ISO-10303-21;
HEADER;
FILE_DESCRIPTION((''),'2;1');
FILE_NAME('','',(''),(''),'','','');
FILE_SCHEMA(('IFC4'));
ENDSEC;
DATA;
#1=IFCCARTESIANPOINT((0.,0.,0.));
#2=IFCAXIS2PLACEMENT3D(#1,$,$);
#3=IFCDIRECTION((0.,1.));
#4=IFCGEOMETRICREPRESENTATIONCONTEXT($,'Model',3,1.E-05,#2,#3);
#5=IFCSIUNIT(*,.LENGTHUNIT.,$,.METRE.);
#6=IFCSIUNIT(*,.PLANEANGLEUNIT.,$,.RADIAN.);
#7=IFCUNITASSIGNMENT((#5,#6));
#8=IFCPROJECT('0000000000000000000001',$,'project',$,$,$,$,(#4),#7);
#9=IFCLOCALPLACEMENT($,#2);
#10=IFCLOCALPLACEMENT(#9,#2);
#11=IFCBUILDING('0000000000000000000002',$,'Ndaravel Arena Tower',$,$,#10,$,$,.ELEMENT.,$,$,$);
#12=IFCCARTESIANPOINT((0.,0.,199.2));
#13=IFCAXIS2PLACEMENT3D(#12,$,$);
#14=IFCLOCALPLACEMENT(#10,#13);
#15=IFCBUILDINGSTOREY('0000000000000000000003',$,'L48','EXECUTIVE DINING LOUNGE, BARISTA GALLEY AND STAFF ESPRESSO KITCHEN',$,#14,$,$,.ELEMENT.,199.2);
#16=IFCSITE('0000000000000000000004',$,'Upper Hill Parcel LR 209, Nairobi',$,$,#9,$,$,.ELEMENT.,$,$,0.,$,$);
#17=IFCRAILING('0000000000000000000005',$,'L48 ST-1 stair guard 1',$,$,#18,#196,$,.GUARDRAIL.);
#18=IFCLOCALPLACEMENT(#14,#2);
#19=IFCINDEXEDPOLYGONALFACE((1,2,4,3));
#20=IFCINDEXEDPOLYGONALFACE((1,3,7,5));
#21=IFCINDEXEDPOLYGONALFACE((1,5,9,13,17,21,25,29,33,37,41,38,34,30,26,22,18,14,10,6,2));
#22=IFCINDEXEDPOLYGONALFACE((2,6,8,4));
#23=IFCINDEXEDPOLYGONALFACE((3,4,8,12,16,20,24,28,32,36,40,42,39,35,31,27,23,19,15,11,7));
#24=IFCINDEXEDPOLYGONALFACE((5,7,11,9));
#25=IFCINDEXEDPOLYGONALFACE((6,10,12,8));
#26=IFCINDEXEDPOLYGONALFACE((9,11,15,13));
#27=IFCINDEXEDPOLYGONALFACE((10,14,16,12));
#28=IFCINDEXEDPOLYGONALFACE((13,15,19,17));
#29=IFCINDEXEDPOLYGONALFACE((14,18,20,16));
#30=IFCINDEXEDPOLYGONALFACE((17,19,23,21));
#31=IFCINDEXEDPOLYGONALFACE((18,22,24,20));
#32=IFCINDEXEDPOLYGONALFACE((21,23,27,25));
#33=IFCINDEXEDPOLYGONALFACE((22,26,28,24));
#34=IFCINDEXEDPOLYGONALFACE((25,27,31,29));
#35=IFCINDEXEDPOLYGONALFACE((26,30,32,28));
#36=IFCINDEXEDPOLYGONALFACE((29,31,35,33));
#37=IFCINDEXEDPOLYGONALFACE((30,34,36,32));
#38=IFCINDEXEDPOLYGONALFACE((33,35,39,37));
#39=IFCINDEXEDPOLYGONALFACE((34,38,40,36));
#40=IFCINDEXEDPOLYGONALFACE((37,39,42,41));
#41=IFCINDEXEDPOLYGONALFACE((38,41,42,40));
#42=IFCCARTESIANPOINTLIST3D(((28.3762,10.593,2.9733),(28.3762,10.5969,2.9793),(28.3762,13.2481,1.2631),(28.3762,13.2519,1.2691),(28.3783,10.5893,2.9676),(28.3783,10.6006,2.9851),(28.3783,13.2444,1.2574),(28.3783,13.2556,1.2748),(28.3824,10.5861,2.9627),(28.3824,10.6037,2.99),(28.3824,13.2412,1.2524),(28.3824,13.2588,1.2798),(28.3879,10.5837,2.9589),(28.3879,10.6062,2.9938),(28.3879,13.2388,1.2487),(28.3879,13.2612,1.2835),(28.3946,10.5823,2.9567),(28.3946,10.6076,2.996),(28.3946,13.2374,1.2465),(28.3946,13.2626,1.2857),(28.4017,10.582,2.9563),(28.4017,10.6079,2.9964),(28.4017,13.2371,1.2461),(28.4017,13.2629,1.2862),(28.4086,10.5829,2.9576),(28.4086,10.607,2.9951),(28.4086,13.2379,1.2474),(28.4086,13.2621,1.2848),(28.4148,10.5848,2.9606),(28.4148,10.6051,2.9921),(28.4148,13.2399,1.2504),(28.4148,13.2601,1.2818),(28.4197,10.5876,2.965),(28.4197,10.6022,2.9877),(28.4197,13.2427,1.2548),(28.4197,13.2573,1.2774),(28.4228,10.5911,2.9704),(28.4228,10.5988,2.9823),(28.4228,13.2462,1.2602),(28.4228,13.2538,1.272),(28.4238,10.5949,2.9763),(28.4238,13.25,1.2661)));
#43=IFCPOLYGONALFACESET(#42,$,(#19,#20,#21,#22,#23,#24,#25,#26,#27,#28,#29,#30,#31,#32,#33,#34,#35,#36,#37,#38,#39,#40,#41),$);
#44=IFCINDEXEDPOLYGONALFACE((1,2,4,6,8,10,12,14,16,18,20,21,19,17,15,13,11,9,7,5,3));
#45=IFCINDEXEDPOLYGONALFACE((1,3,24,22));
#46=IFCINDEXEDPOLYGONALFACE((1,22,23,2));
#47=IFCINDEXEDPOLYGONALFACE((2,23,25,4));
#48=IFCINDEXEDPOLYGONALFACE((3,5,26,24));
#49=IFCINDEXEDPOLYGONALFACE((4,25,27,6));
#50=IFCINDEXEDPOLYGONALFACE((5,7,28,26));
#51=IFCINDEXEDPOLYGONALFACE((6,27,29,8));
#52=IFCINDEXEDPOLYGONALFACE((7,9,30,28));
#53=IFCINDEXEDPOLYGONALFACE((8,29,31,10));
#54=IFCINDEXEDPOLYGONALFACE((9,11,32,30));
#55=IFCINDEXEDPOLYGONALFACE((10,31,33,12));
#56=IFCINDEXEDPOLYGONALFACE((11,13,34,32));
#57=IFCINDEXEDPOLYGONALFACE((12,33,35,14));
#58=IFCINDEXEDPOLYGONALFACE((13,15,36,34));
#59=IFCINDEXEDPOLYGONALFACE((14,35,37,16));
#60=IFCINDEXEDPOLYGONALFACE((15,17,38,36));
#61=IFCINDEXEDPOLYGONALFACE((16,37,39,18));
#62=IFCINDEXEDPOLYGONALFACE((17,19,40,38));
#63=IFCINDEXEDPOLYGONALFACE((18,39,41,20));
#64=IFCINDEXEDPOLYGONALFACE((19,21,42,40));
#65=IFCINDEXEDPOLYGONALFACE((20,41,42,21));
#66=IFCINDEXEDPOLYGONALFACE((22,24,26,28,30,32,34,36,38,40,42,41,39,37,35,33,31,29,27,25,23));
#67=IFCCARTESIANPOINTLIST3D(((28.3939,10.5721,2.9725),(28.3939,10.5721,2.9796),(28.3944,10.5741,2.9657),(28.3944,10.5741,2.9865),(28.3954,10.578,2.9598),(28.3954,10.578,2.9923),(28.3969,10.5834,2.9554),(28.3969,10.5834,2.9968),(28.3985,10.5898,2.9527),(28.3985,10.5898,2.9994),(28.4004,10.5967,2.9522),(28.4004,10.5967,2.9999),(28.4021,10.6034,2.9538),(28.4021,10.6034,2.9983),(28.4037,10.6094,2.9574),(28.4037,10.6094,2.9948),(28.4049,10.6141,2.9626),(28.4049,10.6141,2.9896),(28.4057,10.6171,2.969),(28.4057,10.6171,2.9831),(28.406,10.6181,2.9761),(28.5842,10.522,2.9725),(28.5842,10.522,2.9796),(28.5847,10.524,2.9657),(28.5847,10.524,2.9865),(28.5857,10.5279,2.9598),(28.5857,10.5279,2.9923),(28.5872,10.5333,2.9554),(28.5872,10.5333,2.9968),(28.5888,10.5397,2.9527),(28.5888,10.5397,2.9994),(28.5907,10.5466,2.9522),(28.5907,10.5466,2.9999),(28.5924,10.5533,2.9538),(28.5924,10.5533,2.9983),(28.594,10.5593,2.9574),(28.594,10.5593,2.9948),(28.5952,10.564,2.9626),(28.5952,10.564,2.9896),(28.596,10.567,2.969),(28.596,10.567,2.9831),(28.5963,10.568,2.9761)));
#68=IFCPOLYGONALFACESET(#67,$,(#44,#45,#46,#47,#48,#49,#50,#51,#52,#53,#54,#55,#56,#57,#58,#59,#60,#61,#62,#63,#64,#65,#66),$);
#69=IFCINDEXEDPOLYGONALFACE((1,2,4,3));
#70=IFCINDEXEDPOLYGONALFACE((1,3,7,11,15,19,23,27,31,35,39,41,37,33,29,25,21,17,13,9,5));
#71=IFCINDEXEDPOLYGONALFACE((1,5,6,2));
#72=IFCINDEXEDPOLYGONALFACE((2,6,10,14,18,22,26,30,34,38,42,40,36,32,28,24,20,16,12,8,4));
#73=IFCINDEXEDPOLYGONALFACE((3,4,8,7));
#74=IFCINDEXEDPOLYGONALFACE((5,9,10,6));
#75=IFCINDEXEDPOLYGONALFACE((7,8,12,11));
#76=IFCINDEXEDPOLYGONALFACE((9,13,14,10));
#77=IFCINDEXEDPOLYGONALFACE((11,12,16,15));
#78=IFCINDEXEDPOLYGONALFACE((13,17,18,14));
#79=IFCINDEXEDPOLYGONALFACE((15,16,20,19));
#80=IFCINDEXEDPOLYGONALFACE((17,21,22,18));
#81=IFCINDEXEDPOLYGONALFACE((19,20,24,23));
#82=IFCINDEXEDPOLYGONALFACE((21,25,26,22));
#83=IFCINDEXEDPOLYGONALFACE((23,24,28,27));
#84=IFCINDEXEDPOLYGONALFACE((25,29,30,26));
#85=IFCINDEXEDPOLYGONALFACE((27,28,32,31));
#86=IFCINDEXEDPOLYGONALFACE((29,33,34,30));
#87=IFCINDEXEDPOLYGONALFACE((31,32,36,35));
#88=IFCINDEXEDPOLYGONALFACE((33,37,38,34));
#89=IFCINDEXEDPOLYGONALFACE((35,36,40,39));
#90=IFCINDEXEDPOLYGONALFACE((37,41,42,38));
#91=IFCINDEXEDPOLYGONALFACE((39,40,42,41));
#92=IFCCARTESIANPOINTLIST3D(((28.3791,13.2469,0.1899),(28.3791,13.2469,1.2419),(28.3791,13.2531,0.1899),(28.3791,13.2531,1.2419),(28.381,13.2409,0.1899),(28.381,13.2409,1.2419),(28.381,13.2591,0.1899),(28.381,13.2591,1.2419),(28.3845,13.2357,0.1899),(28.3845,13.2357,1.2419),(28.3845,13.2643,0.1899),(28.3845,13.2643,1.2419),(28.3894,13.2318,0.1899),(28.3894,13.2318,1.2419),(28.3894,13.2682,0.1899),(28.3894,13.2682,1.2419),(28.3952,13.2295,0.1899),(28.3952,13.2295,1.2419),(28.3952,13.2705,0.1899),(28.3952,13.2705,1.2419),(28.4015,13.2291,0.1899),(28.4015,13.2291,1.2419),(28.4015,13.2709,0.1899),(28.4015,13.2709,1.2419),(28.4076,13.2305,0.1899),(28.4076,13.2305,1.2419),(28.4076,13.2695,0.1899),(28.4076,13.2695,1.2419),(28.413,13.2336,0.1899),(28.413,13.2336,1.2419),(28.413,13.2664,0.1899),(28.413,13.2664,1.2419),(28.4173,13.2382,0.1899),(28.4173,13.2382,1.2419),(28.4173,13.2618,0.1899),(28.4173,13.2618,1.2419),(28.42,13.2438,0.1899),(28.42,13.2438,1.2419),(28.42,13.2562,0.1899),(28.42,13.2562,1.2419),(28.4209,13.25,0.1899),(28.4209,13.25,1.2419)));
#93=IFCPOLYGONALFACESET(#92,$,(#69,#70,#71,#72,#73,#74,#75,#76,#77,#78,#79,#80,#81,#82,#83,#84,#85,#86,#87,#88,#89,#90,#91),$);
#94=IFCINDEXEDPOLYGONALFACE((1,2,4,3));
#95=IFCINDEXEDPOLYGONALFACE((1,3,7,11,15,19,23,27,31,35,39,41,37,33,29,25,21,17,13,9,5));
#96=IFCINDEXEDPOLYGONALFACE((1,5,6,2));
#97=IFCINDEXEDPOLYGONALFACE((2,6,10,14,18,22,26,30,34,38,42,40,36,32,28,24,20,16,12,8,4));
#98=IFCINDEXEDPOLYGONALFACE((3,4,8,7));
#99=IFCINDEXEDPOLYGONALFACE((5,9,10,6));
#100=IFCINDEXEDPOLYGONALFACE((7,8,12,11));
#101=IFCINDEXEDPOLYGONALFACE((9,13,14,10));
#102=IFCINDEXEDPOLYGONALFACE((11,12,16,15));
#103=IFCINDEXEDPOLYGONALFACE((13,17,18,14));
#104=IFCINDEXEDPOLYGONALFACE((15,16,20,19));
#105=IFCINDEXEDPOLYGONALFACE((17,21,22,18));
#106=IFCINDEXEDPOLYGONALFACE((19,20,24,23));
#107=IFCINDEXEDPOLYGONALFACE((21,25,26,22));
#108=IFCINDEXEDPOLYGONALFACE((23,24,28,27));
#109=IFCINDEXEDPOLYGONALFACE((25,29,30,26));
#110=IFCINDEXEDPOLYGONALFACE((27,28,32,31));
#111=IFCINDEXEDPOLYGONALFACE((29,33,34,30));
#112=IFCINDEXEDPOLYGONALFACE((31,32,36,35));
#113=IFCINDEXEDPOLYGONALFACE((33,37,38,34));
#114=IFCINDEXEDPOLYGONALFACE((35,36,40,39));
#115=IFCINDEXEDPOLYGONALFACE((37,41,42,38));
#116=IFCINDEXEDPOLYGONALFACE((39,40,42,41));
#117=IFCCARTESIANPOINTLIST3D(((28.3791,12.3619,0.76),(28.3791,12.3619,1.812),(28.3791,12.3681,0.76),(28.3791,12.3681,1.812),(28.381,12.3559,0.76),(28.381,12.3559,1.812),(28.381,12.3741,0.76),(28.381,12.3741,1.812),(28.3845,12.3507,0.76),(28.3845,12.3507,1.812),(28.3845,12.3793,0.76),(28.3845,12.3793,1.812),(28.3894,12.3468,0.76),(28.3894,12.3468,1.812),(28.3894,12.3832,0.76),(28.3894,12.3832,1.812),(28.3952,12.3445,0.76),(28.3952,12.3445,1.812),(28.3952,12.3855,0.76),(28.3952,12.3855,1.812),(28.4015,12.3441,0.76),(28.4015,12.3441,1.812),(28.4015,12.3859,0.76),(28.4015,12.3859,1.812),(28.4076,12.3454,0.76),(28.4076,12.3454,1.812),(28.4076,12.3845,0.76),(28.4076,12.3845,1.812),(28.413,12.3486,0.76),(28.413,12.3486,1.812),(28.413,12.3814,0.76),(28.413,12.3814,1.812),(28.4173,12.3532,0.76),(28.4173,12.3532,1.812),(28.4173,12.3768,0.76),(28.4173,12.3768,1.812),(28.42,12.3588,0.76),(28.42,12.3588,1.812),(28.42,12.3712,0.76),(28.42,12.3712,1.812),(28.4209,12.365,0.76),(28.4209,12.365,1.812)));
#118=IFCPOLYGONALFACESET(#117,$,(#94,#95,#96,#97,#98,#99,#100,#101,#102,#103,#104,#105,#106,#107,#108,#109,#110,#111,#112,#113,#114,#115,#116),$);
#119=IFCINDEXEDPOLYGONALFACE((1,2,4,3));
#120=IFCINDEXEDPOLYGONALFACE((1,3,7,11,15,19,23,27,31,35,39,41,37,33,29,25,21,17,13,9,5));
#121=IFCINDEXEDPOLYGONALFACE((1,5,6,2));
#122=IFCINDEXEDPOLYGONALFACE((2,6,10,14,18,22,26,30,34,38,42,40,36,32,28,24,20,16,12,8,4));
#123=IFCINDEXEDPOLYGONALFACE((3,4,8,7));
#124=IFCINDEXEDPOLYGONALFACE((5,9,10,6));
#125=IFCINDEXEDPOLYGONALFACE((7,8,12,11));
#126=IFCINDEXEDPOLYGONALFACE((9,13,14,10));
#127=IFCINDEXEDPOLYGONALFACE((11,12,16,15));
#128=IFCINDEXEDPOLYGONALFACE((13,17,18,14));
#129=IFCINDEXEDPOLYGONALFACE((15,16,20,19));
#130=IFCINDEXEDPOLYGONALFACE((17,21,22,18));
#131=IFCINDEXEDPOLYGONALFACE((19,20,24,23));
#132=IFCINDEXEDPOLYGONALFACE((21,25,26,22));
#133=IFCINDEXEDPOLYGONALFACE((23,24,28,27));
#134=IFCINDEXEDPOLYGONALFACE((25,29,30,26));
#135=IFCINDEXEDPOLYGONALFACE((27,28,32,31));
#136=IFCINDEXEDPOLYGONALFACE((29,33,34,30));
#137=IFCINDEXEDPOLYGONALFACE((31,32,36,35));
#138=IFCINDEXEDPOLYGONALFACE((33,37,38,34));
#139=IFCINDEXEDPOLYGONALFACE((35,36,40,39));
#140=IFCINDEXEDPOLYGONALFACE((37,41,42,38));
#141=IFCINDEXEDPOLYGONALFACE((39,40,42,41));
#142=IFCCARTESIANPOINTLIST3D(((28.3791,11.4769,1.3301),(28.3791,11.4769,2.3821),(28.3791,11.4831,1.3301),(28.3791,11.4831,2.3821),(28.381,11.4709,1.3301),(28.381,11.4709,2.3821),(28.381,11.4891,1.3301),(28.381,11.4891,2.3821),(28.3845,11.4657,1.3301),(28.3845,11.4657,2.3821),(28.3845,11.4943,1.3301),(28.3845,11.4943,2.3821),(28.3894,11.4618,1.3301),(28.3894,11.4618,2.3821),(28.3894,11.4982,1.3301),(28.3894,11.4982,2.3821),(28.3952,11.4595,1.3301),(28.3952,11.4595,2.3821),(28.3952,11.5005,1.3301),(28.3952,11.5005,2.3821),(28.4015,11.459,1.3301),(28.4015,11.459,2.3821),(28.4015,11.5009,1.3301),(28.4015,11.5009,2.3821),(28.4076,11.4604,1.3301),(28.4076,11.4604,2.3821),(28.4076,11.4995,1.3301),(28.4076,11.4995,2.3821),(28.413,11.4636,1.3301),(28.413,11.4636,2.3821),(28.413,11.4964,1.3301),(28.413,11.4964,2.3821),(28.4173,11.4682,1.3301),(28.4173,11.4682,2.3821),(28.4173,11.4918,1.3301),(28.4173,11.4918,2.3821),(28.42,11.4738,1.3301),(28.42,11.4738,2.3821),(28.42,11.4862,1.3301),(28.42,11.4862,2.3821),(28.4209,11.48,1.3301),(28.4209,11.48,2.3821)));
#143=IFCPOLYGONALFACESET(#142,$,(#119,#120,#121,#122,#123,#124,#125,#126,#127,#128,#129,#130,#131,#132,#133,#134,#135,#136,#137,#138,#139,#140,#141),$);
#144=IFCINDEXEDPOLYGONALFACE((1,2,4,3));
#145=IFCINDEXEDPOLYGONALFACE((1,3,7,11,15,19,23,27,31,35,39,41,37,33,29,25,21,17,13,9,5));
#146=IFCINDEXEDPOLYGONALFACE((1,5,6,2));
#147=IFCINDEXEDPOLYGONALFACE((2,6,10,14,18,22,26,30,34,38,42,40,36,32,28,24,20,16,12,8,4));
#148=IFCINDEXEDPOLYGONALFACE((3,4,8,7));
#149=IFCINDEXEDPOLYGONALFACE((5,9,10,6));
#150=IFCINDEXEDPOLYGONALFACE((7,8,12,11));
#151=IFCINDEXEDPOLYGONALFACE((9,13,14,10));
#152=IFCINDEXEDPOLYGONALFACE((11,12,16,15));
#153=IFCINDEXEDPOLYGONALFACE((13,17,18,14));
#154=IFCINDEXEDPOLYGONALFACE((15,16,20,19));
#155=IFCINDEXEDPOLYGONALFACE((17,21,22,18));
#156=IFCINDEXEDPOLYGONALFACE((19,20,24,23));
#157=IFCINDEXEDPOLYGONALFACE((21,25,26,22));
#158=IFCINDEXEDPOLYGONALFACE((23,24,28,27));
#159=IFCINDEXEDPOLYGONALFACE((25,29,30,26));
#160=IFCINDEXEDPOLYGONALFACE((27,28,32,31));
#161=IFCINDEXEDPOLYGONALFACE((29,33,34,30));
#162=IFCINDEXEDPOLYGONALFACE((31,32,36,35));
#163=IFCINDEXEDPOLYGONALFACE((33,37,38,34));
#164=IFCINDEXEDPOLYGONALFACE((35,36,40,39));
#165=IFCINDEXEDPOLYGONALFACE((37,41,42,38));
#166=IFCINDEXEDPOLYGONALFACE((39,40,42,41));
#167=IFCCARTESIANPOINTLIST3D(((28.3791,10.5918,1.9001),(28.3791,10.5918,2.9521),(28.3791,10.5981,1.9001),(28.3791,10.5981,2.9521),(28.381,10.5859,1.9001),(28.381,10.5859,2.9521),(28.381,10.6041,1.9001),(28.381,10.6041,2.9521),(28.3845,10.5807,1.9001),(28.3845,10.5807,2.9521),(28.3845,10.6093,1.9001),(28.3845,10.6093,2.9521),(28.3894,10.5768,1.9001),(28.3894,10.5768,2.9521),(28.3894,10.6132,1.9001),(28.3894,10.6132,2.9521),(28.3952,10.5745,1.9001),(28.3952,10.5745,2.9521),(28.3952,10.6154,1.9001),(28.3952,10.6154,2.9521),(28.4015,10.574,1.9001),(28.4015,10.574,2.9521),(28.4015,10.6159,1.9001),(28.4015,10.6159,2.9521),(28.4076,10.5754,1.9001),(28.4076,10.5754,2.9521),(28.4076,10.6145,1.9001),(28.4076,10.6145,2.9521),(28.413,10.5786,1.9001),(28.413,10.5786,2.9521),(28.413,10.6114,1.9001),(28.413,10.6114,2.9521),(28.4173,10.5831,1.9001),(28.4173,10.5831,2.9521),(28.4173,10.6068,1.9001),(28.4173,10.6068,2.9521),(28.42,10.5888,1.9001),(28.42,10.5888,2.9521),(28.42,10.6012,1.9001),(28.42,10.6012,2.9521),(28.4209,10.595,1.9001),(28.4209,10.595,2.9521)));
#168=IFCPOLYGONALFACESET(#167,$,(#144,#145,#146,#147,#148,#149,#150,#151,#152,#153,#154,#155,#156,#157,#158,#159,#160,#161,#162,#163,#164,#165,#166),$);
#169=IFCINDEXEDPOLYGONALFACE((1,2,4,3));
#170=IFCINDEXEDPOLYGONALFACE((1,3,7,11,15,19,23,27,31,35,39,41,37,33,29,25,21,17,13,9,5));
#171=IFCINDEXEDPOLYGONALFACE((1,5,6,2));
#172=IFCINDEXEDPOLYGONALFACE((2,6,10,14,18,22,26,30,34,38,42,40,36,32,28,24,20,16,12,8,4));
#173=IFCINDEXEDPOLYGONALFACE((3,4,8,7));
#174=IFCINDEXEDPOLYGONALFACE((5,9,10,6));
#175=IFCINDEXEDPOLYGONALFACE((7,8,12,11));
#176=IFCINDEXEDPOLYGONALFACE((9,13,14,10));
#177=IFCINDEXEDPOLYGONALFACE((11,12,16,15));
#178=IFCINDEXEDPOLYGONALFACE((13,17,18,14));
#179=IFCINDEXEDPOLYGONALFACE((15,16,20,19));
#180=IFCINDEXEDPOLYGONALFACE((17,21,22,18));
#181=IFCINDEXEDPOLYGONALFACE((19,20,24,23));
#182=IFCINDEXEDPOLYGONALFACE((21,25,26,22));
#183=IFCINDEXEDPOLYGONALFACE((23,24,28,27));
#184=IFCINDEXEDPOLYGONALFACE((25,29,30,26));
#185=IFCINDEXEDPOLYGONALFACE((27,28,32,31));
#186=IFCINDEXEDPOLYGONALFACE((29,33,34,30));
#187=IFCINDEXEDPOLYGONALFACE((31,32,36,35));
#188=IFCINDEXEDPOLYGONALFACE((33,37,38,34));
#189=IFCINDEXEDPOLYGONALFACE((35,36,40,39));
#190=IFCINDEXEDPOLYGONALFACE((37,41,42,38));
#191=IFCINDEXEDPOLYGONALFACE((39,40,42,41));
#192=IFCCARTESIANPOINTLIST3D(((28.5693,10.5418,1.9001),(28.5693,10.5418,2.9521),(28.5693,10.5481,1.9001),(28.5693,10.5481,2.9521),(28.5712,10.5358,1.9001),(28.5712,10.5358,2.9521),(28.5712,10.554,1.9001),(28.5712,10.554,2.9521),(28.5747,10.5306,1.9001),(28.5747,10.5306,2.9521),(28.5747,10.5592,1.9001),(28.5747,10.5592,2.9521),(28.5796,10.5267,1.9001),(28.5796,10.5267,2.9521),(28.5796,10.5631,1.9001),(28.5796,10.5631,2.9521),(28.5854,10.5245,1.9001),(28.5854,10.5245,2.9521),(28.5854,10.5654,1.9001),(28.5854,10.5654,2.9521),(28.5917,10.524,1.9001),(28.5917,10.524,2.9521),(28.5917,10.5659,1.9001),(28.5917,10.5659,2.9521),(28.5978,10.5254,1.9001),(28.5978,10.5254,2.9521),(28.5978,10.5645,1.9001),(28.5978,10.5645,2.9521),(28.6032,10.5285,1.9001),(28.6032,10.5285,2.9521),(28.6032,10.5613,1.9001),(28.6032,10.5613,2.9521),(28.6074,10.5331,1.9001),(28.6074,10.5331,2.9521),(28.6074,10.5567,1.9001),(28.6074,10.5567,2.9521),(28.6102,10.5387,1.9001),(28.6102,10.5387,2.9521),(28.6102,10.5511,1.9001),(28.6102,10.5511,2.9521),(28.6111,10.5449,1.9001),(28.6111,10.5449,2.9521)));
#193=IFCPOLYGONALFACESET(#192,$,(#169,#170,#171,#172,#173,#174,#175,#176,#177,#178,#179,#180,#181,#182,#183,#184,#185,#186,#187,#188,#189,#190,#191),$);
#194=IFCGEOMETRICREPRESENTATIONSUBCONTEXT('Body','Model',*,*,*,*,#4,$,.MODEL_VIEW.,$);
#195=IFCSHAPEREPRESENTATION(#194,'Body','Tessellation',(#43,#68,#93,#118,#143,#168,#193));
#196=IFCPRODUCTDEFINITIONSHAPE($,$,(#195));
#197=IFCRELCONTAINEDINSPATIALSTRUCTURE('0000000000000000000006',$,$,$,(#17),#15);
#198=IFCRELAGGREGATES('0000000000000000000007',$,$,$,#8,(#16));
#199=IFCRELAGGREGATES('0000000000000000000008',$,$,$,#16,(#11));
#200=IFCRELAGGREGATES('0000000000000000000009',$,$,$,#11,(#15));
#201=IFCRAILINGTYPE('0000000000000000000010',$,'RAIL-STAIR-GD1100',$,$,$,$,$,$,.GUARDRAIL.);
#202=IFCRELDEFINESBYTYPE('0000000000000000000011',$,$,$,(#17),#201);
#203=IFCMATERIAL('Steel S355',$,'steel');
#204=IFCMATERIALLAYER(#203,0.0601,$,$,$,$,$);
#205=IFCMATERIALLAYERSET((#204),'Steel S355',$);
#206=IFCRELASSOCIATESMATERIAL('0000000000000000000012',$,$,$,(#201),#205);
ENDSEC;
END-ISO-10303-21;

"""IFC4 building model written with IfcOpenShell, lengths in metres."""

from ifc_helpers import new_model, si_unit, direction, frame, origin, origin_2d, place, context, subcontext, project, spatial, circle, extrude, material, layer, layer_set, type_object, element, save


model = new_model("IFC4")

# Units and contexts
model_context = context("Model", 3, precision=1e-05, world=origin(), true_north=direction((0.0, 1.0)))
body_context = subcontext(model_context, "Body", "Model", "MODEL_VIEW")
ifc_project = project(units=[si_unit("LENGTHUNIT", "METRE"), si_unit("PLANEANGLEUNIT", "RADIAN")], contexts=[model_context])

# Site, building, storey
site_placement = place(None, origin())
site = spatial("IfcSite", under=ifc_project, at=site_placement, Name="Upper Hill Parcel LR 209, Nairobi", CompositionType="ELEMENT", RefElevation=0.0)
building_placement = place(site_placement, origin())
building = spatial("IfcBuilding", under=site, at=building_placement, Name="Ndaravel Arena Tower", CompositionType="ELEMENT")
storey_placement = place(building_placement, frame((0.0, 0.0, 199.2)))
storey = spatial("IfcBuildingStorey", under=building, at=storey_placement, Name="L48", Description="EXECUTIVE DINING LOUNGE, BARISTA GALLEY AND STAFF ESPRESSO KITCHEN", CompositionType="ELEMENT", Elevation=199.2)

# Railing
ifc_material_1 = material(Name="Steel S355", Category="steel")
ifc_layer_1 = layer(ifc_material_1, 0.0601)
ifc_layer_set_1 = layer_set([ifc_layer_1], Name="Steel S355")
railing_type_1 = type_object("IfcRailingType", Name="RAIL-STAIR-GD1100", PredefinedType="GUARDRAIL", material=ifc_layer_set_1)
railing_1_placement = place(storey_placement, frame((28.3999, 13.25, 0.1899)))
element("IfcRailing", 1, at=railing_1_placement, inside=storey, type_object=railing_type_1, Name="L48 ST-1 stair guard 1", PredefinedType="GUARDRAIL", context=body_context, shape_type="SweptSolid", body=[
    extrude(circle(Radius=0.0239, at=origin_2d()), frame((0.0, 0.0, 1.0762), z_axis=(0.0, -0.840688, 0.541519), x_axis=(1.0, 0.0, 0.0)), (0.0, 0.0, 1.0), 3.1582),
    extrude(circle(Radius=0.0239, at=origin_2d()), frame((0.0, -2.655, 2.7861), z_axis=(0.967075, -0.254493, 0.0), x_axis=(0.254493, 0.967075, 0.0)), (0.0, 0.0, 1.0), 0.1968),
    extrude(circle(Radius=0.021, at=origin_2d()), origin(), (0.0, 0.0, 1.0), 1.052),
    extrude(circle(Radius=0.021, at=origin_2d()), frame((0.0, -0.885, 0.5701)), (0.0, 0.0, 1.0), 1.052),
    extrude(circle(Radius=0.021, at=origin_2d()), frame((0.0, -1.77, 1.1401)), (0.0, 0.0, 1.0), 1.052),
    extrude(circle(Radius=0.021, at=origin_2d()), frame((0.0, -2.655, 1.7102)), (0.0, 0.0, 1.0), 1.052),
    extrude(circle(Radius=0.021, at=origin_2d()), frame((0.1902, -2.7051, 1.7102)), (0.0, 0.0, 1.0), 1.052),
])

save(model, "model.ifc")
